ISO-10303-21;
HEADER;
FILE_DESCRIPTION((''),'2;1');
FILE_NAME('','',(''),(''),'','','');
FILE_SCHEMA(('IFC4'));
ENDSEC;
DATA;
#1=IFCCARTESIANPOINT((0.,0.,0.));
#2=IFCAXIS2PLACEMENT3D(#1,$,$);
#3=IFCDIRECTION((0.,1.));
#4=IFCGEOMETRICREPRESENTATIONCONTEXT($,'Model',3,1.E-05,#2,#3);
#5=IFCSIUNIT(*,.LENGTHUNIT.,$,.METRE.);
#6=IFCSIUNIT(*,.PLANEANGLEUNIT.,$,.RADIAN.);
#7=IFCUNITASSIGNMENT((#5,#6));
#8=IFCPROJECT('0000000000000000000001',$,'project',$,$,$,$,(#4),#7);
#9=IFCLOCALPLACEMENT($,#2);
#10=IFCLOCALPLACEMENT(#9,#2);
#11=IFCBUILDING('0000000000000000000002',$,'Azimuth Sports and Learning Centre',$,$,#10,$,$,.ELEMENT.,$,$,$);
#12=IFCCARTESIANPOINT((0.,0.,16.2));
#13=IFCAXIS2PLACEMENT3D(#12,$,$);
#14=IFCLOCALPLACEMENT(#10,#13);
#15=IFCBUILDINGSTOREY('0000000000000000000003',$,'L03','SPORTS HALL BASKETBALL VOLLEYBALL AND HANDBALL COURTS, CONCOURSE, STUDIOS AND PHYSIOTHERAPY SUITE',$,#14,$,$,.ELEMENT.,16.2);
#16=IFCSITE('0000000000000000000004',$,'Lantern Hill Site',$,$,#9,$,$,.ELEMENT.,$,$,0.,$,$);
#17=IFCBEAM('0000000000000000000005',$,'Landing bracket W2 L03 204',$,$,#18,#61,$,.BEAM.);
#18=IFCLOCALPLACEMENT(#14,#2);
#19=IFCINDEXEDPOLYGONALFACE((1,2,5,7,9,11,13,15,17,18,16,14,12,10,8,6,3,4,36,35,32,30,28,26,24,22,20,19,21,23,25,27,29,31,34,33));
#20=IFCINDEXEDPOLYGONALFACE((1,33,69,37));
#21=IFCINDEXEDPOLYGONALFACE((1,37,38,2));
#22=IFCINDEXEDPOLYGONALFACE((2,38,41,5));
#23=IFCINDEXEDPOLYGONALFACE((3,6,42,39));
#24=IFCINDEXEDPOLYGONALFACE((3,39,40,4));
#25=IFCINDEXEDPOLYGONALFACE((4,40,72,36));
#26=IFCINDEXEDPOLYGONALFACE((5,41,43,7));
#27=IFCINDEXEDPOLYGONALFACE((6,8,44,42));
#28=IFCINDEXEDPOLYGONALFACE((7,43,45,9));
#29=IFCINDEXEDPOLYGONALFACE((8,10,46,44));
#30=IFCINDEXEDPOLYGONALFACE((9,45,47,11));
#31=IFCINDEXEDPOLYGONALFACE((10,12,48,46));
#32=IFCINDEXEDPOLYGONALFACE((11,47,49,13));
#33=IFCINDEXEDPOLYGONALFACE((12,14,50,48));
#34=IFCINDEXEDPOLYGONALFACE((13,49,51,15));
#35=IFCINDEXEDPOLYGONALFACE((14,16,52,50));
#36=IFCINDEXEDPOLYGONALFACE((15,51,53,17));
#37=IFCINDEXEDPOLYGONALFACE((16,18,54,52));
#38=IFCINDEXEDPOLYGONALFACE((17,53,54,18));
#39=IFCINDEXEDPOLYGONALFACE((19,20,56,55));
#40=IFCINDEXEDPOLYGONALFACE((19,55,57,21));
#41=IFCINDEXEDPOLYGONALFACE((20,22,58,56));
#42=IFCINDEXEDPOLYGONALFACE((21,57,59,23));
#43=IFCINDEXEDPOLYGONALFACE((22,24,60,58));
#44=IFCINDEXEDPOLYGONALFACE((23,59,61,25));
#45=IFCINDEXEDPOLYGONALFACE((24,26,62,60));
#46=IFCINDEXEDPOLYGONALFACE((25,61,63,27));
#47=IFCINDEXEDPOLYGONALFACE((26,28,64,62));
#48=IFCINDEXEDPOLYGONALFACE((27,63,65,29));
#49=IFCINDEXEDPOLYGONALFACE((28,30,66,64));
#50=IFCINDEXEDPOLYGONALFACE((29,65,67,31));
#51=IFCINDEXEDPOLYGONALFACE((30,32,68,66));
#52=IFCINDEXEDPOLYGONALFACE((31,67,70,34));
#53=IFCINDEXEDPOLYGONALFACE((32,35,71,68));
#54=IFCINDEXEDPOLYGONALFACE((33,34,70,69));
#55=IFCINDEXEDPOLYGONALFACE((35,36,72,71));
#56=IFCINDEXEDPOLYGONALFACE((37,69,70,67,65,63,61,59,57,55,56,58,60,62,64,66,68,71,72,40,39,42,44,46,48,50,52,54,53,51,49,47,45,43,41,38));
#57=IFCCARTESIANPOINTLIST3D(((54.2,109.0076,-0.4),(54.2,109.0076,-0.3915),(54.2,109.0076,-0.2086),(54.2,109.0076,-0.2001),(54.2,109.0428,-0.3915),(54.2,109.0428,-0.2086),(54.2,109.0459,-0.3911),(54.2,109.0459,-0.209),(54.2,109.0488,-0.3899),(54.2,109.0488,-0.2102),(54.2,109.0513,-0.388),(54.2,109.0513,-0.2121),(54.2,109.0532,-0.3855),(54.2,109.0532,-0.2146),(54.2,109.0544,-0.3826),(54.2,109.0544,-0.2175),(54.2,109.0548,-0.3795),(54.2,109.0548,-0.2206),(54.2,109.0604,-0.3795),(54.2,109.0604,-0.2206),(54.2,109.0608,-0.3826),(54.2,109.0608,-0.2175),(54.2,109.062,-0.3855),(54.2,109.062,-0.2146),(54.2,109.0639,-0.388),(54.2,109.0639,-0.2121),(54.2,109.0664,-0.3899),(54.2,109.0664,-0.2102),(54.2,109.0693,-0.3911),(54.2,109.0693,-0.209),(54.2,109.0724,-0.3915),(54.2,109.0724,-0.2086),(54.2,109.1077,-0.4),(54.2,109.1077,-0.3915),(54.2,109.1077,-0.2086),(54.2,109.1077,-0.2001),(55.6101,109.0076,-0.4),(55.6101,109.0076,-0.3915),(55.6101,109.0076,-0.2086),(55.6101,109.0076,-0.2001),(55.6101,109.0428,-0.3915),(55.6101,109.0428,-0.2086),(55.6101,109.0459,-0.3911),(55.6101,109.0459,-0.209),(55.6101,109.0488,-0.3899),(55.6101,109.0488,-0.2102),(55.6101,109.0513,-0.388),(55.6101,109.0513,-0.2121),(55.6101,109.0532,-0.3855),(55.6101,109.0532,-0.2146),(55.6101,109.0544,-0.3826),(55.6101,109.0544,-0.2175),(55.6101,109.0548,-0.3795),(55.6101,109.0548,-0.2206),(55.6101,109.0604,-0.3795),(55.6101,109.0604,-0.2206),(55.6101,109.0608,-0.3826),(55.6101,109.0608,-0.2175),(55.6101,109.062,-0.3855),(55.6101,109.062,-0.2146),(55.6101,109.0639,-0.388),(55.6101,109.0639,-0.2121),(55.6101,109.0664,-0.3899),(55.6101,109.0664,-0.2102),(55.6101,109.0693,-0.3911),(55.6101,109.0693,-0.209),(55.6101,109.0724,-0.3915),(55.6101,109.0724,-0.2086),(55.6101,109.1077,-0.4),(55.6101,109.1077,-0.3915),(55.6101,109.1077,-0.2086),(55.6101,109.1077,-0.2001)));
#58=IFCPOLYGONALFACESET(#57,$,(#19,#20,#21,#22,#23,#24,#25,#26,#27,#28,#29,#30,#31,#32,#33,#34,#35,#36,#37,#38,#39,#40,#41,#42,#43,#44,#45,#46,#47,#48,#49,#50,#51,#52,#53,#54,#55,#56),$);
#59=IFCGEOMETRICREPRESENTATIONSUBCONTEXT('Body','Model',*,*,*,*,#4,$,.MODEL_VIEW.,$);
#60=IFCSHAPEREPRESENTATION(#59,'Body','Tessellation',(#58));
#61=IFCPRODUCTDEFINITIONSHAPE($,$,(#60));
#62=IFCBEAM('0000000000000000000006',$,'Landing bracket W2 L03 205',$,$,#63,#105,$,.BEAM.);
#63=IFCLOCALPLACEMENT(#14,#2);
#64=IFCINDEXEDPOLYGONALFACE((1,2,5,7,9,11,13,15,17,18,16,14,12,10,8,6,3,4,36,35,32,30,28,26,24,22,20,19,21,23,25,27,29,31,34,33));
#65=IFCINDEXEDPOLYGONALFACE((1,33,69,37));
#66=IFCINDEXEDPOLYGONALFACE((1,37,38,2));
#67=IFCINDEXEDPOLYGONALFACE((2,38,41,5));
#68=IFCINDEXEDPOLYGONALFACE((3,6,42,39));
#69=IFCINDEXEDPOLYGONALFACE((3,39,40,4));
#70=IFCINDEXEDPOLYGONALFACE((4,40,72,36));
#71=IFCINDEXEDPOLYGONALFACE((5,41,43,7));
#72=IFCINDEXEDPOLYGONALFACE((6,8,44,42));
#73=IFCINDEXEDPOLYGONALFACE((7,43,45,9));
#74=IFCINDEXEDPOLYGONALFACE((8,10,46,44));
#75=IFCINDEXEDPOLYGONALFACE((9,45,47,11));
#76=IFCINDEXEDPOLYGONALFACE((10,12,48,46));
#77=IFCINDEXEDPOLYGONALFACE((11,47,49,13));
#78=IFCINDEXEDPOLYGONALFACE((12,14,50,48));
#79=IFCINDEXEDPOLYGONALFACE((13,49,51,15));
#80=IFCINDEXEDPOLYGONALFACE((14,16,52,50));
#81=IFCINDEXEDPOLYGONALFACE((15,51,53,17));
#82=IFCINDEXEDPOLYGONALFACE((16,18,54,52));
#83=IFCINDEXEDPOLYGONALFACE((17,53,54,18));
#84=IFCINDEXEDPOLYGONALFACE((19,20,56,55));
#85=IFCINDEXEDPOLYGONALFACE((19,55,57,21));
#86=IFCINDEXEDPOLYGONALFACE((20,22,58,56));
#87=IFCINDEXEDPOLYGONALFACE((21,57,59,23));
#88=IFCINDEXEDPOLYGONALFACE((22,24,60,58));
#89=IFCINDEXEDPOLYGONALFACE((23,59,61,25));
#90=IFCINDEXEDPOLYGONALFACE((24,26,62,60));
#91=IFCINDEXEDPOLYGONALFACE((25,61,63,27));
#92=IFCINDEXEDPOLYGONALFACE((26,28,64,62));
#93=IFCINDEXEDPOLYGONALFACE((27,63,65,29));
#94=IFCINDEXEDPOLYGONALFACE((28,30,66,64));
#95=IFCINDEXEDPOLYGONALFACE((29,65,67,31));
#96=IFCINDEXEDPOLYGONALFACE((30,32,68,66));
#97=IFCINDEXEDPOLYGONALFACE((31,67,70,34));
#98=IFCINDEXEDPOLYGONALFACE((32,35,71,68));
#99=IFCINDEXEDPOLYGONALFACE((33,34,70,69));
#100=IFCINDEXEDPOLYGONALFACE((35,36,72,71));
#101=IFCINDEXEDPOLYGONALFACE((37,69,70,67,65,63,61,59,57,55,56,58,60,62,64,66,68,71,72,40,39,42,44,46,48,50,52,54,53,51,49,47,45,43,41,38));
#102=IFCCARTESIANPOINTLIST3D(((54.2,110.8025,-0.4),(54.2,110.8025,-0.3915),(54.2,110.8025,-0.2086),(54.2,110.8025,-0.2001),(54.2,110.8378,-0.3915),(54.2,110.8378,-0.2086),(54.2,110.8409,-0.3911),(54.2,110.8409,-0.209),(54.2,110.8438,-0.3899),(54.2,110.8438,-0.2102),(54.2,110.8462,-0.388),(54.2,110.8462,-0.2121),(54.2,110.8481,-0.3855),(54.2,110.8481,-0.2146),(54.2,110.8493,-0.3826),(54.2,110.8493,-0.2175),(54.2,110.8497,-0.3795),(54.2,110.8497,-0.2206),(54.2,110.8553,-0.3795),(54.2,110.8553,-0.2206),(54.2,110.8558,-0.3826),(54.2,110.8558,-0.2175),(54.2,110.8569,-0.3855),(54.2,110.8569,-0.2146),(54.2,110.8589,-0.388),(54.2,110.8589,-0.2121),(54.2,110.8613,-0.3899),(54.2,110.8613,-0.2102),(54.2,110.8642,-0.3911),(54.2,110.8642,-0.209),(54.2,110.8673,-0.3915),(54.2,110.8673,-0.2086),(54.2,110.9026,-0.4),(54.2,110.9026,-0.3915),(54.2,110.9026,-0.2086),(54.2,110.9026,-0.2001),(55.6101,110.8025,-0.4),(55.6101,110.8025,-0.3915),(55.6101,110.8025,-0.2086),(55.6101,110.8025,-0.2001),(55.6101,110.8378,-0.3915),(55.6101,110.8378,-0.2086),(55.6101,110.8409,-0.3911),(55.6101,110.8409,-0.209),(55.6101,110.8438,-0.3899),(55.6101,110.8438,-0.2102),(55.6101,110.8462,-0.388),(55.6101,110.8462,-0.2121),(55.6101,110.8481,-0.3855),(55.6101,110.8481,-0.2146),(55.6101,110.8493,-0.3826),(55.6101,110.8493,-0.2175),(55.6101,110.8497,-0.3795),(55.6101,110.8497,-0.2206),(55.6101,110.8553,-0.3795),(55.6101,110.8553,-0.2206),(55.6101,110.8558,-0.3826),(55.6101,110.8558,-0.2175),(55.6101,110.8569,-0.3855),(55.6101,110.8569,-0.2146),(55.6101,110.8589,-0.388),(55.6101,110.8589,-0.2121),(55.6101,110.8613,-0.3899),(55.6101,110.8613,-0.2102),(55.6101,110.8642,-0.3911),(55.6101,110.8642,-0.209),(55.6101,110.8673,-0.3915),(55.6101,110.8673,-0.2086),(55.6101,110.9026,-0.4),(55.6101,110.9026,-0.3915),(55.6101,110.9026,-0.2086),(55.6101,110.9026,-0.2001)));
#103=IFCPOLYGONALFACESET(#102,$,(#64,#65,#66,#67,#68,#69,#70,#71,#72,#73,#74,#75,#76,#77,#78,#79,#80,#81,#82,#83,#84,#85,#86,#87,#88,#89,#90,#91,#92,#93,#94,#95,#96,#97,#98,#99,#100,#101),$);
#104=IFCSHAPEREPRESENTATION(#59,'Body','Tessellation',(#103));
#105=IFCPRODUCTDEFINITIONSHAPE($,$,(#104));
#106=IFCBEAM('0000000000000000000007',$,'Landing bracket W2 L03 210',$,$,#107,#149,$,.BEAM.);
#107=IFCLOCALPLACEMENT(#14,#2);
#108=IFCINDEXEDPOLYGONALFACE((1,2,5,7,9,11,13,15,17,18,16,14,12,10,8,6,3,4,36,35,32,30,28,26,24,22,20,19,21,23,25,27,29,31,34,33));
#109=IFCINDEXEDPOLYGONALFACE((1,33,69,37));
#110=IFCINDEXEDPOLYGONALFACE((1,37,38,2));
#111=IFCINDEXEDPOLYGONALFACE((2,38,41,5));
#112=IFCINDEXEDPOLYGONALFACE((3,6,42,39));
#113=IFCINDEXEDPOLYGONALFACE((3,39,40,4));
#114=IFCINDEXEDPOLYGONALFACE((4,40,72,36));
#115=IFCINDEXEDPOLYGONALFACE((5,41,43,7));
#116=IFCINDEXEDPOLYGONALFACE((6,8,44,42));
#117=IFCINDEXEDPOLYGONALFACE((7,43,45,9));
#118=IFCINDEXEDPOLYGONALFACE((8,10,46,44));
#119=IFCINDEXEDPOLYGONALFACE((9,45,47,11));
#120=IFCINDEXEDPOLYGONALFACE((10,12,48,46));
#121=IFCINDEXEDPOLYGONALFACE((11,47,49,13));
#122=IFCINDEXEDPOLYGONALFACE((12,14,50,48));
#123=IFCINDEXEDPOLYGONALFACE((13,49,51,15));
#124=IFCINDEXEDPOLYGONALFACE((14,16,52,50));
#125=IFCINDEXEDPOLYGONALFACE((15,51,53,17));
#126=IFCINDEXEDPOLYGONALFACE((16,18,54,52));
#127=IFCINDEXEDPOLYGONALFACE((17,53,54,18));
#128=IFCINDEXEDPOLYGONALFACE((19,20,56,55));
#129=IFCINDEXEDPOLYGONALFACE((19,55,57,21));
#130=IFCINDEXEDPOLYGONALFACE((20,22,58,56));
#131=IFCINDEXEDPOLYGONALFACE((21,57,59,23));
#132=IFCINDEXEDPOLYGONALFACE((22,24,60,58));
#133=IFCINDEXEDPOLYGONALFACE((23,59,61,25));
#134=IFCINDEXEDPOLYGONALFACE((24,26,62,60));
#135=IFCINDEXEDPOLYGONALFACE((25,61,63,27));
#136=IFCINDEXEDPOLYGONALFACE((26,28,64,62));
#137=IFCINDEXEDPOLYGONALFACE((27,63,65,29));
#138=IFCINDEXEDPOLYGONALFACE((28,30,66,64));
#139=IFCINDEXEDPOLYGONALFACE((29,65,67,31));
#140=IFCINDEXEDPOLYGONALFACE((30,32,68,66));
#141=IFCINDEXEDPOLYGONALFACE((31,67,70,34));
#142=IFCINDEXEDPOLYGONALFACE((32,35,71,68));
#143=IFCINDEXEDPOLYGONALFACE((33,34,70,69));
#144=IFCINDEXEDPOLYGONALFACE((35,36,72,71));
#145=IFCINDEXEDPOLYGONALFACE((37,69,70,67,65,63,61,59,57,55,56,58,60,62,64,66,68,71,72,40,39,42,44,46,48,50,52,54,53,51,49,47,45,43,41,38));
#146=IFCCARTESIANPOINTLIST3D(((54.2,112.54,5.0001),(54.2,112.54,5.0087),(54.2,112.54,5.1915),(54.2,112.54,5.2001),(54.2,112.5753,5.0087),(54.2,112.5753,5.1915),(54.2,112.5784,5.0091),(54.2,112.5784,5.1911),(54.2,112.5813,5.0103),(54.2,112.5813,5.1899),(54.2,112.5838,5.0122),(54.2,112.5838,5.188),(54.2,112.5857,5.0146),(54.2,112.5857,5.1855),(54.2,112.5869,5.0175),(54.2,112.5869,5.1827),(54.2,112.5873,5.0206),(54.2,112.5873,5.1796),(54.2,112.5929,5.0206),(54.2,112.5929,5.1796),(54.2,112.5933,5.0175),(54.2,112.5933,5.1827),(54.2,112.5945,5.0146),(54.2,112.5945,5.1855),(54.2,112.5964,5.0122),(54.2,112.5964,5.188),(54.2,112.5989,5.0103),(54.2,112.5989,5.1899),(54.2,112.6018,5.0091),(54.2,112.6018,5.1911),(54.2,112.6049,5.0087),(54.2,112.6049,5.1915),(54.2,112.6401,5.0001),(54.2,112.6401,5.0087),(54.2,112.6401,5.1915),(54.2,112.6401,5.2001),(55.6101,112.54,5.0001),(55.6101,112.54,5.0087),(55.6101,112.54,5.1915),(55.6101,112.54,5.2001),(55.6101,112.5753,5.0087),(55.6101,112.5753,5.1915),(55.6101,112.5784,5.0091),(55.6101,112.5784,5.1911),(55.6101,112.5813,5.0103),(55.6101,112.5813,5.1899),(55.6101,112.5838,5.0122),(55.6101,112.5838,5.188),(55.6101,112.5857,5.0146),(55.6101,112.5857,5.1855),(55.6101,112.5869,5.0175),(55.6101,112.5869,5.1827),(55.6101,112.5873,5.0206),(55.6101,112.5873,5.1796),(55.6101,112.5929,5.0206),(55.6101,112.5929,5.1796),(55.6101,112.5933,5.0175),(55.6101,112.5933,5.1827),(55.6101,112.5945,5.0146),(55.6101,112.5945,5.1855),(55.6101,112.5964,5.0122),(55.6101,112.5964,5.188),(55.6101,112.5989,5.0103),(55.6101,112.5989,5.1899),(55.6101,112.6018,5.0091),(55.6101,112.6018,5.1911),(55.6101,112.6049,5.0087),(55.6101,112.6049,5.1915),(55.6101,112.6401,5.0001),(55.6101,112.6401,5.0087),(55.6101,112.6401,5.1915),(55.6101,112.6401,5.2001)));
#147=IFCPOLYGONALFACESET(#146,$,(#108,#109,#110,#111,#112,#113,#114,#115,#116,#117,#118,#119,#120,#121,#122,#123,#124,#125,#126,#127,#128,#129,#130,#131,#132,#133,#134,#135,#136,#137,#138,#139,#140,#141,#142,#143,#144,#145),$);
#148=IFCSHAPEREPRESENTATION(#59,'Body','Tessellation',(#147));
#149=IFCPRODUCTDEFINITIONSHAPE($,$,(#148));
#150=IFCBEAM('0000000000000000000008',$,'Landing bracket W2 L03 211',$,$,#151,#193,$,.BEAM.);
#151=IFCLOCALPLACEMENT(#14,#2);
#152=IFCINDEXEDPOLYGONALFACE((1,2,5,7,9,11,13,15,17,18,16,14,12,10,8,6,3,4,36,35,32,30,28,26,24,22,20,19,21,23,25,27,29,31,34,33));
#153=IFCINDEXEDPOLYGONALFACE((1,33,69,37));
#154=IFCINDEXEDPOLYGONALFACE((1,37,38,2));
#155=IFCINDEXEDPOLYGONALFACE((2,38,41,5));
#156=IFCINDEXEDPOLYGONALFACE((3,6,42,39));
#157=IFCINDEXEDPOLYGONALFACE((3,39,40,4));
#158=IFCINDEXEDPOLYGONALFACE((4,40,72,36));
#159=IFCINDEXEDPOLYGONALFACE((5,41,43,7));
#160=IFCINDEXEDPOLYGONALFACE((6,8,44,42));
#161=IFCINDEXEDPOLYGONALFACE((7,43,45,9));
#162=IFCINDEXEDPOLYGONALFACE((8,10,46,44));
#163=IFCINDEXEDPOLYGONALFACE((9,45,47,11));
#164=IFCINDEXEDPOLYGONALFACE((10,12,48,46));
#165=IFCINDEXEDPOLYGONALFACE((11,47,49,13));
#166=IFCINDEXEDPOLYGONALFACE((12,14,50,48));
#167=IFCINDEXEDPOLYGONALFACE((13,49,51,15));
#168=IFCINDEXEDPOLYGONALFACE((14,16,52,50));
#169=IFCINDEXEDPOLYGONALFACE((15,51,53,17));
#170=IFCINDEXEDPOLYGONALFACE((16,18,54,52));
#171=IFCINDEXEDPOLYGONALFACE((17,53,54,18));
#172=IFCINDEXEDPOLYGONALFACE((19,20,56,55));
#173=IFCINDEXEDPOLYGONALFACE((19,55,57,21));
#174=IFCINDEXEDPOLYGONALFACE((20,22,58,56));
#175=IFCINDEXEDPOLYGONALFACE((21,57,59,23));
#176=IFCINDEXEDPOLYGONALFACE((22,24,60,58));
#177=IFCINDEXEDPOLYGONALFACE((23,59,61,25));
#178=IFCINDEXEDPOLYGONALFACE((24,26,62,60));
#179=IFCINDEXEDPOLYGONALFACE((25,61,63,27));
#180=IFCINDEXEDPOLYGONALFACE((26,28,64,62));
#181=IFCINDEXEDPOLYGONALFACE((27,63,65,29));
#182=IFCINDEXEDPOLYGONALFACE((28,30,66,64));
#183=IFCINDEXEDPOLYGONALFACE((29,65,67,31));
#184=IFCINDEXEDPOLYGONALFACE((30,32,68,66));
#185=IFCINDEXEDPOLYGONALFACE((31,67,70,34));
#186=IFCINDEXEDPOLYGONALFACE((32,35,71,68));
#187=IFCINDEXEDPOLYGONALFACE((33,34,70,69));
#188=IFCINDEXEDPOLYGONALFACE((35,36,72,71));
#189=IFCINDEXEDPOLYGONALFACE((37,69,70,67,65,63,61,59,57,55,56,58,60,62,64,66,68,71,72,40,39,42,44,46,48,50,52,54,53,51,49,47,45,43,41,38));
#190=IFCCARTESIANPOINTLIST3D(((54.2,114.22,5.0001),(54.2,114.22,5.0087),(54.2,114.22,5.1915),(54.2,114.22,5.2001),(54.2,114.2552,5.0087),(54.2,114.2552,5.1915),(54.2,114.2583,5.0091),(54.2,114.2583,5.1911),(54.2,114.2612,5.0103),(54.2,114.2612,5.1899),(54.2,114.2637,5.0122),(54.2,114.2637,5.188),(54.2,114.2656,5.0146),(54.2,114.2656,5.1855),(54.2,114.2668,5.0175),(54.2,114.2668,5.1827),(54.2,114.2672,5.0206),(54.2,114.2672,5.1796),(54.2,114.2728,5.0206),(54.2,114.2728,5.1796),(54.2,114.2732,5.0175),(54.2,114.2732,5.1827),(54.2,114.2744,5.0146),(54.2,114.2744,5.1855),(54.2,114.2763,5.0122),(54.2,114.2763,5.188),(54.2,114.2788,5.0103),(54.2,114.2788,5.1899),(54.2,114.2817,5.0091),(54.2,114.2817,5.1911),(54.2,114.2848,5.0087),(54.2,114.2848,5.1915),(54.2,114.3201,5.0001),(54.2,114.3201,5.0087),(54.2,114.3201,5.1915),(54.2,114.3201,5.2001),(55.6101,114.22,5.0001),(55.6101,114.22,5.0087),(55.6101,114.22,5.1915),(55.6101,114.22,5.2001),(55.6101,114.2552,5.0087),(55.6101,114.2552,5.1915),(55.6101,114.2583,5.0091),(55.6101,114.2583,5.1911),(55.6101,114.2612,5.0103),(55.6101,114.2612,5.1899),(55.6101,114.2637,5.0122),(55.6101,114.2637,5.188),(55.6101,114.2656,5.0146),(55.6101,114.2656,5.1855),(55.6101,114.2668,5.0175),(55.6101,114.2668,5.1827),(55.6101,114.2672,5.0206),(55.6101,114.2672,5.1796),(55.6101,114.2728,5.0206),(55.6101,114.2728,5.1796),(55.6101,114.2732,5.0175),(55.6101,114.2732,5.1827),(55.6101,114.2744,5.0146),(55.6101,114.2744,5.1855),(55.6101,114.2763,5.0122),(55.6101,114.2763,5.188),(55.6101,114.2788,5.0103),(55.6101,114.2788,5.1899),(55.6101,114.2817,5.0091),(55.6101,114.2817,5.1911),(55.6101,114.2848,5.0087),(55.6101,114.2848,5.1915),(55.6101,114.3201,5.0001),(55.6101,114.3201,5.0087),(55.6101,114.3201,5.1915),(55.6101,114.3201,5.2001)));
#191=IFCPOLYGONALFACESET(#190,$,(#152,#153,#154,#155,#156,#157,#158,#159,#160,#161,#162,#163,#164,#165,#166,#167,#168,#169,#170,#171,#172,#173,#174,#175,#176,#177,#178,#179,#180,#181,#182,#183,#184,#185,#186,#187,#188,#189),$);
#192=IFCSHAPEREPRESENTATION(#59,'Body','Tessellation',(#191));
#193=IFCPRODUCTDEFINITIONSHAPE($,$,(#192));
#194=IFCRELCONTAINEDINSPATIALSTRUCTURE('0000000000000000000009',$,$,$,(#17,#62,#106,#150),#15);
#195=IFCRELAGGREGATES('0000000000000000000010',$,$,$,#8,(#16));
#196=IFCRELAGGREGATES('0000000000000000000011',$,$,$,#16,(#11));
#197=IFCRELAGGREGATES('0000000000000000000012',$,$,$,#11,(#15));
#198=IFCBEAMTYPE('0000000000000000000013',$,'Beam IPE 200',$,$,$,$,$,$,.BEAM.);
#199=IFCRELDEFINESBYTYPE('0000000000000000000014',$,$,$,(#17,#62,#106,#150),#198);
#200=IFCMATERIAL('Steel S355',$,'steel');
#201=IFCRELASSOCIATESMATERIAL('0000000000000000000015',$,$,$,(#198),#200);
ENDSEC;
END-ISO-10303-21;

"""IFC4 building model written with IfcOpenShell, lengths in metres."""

from ifc_helpers import new_model, si_unit, direction, frame, origin, origin_2d, place, context, subcontext, project, spatial, i_section, extrude, material, material_profile, profile_set, type_object, element, save


model = new_model("IFC4")

# Units and contexts
model_context = context("Model", 3, precision=1e-05, world=origin(), true_north=direction((0.0, 1.0)))
body_context = subcontext(model_context, "Body", "Model", "MODEL_VIEW")
ifc_project = project(units=[si_unit("LENGTHUNIT", "METRE"), si_unit("PLANEANGLEUNIT", "RADIAN")], contexts=[model_context])

# Site, building, storey
site_placement = place(None, origin())
site = spatial("IfcSite", under=ifc_project, at=site_placement, Name="Lantern Hill Site", CompositionType="ELEMENT", RefElevation=0.0)
building_placement = place(site_placement, origin())
building = spatial("IfcBuilding", under=site, at=building_placement, Name="Azimuth Sports and Learning Centre", CompositionType="ELEMENT")
storey_placement = place(building_placement, frame((0.0, 0.0, 16.2)))
storey = spatial("IfcBuildingStorey", under=building, at=storey_placement, Name="L03", Description="SPORTS HALL BASKETBALL VOLLEYBALL AND HANDBALL COURTS, CONCOURSE, STUDIOS AND PHYSIOTHERAPY SUITE", CompositionType="ELEMENT", Elevation=16.2)

# Beams
ifc_material_1 = material(Name="Steel S355", Category="steel")
ifc_material_profile_1 = material_profile(ifc_material_1, i_section(OverallWidth=0.1001, OverallDepth=0.2, WebThickness=0.0056, FlangeThickness=0.0085, FilletRadius=0.012, at=origin_2d()), Name="IPE 200")
ifc_profile_set_1 = profile_set([ifc_material_profile_1], Name="Steel S355")
beam_type_1 = type_object("IfcBeamType", Name="Beam IPE 200", PredefinedType="BEAM", material=ifc_profile_set_1)
for number, where, z_axis, x_axis, name in (
    (1, (54.2, 109.0576, -0.3), (1.0, 0.0, 0.0), (0.0, 1.0, 0.0), "Landing bracket W2 L03 204"),
    (2, (54.2, 110.8525, -0.3), (1.0, 0.0, 0.0), (0.0, 1.0, 0.0), "Landing bracket W2 L03 205"),
    (3, (54.2, 112.5901, 5.1001), (1.0, 0.0, 0.0), (0.0, 1.0, 0.0), "Landing bracket W2 L03 210"),
    (4, (54.2, 114.27, 5.1001), (1.0, 0.0, 0.0), (0.0, 1.0, 0.0), "Landing bracket W2 L03 211"),
):
    element("IfcBeam", number, at=place(storey_placement, frame(where, z_axis=z_axis, x_axis=x_axis)), inside=storey, type_object=beam_type_1, Name=name, PredefinedType="BEAM", context=body_context, shape_type="SweptSolid", body=[
        extrude(i_section(OverallWidth=0.1001, OverallDepth=0.2, WebThickness=0.0056, FlangeThickness=0.0085, FilletRadius=0.012, at=origin_2d()), origin(), (0.0, 0.0, 1.0), 1.4102),
    ])

save(model, "model.ifc")
